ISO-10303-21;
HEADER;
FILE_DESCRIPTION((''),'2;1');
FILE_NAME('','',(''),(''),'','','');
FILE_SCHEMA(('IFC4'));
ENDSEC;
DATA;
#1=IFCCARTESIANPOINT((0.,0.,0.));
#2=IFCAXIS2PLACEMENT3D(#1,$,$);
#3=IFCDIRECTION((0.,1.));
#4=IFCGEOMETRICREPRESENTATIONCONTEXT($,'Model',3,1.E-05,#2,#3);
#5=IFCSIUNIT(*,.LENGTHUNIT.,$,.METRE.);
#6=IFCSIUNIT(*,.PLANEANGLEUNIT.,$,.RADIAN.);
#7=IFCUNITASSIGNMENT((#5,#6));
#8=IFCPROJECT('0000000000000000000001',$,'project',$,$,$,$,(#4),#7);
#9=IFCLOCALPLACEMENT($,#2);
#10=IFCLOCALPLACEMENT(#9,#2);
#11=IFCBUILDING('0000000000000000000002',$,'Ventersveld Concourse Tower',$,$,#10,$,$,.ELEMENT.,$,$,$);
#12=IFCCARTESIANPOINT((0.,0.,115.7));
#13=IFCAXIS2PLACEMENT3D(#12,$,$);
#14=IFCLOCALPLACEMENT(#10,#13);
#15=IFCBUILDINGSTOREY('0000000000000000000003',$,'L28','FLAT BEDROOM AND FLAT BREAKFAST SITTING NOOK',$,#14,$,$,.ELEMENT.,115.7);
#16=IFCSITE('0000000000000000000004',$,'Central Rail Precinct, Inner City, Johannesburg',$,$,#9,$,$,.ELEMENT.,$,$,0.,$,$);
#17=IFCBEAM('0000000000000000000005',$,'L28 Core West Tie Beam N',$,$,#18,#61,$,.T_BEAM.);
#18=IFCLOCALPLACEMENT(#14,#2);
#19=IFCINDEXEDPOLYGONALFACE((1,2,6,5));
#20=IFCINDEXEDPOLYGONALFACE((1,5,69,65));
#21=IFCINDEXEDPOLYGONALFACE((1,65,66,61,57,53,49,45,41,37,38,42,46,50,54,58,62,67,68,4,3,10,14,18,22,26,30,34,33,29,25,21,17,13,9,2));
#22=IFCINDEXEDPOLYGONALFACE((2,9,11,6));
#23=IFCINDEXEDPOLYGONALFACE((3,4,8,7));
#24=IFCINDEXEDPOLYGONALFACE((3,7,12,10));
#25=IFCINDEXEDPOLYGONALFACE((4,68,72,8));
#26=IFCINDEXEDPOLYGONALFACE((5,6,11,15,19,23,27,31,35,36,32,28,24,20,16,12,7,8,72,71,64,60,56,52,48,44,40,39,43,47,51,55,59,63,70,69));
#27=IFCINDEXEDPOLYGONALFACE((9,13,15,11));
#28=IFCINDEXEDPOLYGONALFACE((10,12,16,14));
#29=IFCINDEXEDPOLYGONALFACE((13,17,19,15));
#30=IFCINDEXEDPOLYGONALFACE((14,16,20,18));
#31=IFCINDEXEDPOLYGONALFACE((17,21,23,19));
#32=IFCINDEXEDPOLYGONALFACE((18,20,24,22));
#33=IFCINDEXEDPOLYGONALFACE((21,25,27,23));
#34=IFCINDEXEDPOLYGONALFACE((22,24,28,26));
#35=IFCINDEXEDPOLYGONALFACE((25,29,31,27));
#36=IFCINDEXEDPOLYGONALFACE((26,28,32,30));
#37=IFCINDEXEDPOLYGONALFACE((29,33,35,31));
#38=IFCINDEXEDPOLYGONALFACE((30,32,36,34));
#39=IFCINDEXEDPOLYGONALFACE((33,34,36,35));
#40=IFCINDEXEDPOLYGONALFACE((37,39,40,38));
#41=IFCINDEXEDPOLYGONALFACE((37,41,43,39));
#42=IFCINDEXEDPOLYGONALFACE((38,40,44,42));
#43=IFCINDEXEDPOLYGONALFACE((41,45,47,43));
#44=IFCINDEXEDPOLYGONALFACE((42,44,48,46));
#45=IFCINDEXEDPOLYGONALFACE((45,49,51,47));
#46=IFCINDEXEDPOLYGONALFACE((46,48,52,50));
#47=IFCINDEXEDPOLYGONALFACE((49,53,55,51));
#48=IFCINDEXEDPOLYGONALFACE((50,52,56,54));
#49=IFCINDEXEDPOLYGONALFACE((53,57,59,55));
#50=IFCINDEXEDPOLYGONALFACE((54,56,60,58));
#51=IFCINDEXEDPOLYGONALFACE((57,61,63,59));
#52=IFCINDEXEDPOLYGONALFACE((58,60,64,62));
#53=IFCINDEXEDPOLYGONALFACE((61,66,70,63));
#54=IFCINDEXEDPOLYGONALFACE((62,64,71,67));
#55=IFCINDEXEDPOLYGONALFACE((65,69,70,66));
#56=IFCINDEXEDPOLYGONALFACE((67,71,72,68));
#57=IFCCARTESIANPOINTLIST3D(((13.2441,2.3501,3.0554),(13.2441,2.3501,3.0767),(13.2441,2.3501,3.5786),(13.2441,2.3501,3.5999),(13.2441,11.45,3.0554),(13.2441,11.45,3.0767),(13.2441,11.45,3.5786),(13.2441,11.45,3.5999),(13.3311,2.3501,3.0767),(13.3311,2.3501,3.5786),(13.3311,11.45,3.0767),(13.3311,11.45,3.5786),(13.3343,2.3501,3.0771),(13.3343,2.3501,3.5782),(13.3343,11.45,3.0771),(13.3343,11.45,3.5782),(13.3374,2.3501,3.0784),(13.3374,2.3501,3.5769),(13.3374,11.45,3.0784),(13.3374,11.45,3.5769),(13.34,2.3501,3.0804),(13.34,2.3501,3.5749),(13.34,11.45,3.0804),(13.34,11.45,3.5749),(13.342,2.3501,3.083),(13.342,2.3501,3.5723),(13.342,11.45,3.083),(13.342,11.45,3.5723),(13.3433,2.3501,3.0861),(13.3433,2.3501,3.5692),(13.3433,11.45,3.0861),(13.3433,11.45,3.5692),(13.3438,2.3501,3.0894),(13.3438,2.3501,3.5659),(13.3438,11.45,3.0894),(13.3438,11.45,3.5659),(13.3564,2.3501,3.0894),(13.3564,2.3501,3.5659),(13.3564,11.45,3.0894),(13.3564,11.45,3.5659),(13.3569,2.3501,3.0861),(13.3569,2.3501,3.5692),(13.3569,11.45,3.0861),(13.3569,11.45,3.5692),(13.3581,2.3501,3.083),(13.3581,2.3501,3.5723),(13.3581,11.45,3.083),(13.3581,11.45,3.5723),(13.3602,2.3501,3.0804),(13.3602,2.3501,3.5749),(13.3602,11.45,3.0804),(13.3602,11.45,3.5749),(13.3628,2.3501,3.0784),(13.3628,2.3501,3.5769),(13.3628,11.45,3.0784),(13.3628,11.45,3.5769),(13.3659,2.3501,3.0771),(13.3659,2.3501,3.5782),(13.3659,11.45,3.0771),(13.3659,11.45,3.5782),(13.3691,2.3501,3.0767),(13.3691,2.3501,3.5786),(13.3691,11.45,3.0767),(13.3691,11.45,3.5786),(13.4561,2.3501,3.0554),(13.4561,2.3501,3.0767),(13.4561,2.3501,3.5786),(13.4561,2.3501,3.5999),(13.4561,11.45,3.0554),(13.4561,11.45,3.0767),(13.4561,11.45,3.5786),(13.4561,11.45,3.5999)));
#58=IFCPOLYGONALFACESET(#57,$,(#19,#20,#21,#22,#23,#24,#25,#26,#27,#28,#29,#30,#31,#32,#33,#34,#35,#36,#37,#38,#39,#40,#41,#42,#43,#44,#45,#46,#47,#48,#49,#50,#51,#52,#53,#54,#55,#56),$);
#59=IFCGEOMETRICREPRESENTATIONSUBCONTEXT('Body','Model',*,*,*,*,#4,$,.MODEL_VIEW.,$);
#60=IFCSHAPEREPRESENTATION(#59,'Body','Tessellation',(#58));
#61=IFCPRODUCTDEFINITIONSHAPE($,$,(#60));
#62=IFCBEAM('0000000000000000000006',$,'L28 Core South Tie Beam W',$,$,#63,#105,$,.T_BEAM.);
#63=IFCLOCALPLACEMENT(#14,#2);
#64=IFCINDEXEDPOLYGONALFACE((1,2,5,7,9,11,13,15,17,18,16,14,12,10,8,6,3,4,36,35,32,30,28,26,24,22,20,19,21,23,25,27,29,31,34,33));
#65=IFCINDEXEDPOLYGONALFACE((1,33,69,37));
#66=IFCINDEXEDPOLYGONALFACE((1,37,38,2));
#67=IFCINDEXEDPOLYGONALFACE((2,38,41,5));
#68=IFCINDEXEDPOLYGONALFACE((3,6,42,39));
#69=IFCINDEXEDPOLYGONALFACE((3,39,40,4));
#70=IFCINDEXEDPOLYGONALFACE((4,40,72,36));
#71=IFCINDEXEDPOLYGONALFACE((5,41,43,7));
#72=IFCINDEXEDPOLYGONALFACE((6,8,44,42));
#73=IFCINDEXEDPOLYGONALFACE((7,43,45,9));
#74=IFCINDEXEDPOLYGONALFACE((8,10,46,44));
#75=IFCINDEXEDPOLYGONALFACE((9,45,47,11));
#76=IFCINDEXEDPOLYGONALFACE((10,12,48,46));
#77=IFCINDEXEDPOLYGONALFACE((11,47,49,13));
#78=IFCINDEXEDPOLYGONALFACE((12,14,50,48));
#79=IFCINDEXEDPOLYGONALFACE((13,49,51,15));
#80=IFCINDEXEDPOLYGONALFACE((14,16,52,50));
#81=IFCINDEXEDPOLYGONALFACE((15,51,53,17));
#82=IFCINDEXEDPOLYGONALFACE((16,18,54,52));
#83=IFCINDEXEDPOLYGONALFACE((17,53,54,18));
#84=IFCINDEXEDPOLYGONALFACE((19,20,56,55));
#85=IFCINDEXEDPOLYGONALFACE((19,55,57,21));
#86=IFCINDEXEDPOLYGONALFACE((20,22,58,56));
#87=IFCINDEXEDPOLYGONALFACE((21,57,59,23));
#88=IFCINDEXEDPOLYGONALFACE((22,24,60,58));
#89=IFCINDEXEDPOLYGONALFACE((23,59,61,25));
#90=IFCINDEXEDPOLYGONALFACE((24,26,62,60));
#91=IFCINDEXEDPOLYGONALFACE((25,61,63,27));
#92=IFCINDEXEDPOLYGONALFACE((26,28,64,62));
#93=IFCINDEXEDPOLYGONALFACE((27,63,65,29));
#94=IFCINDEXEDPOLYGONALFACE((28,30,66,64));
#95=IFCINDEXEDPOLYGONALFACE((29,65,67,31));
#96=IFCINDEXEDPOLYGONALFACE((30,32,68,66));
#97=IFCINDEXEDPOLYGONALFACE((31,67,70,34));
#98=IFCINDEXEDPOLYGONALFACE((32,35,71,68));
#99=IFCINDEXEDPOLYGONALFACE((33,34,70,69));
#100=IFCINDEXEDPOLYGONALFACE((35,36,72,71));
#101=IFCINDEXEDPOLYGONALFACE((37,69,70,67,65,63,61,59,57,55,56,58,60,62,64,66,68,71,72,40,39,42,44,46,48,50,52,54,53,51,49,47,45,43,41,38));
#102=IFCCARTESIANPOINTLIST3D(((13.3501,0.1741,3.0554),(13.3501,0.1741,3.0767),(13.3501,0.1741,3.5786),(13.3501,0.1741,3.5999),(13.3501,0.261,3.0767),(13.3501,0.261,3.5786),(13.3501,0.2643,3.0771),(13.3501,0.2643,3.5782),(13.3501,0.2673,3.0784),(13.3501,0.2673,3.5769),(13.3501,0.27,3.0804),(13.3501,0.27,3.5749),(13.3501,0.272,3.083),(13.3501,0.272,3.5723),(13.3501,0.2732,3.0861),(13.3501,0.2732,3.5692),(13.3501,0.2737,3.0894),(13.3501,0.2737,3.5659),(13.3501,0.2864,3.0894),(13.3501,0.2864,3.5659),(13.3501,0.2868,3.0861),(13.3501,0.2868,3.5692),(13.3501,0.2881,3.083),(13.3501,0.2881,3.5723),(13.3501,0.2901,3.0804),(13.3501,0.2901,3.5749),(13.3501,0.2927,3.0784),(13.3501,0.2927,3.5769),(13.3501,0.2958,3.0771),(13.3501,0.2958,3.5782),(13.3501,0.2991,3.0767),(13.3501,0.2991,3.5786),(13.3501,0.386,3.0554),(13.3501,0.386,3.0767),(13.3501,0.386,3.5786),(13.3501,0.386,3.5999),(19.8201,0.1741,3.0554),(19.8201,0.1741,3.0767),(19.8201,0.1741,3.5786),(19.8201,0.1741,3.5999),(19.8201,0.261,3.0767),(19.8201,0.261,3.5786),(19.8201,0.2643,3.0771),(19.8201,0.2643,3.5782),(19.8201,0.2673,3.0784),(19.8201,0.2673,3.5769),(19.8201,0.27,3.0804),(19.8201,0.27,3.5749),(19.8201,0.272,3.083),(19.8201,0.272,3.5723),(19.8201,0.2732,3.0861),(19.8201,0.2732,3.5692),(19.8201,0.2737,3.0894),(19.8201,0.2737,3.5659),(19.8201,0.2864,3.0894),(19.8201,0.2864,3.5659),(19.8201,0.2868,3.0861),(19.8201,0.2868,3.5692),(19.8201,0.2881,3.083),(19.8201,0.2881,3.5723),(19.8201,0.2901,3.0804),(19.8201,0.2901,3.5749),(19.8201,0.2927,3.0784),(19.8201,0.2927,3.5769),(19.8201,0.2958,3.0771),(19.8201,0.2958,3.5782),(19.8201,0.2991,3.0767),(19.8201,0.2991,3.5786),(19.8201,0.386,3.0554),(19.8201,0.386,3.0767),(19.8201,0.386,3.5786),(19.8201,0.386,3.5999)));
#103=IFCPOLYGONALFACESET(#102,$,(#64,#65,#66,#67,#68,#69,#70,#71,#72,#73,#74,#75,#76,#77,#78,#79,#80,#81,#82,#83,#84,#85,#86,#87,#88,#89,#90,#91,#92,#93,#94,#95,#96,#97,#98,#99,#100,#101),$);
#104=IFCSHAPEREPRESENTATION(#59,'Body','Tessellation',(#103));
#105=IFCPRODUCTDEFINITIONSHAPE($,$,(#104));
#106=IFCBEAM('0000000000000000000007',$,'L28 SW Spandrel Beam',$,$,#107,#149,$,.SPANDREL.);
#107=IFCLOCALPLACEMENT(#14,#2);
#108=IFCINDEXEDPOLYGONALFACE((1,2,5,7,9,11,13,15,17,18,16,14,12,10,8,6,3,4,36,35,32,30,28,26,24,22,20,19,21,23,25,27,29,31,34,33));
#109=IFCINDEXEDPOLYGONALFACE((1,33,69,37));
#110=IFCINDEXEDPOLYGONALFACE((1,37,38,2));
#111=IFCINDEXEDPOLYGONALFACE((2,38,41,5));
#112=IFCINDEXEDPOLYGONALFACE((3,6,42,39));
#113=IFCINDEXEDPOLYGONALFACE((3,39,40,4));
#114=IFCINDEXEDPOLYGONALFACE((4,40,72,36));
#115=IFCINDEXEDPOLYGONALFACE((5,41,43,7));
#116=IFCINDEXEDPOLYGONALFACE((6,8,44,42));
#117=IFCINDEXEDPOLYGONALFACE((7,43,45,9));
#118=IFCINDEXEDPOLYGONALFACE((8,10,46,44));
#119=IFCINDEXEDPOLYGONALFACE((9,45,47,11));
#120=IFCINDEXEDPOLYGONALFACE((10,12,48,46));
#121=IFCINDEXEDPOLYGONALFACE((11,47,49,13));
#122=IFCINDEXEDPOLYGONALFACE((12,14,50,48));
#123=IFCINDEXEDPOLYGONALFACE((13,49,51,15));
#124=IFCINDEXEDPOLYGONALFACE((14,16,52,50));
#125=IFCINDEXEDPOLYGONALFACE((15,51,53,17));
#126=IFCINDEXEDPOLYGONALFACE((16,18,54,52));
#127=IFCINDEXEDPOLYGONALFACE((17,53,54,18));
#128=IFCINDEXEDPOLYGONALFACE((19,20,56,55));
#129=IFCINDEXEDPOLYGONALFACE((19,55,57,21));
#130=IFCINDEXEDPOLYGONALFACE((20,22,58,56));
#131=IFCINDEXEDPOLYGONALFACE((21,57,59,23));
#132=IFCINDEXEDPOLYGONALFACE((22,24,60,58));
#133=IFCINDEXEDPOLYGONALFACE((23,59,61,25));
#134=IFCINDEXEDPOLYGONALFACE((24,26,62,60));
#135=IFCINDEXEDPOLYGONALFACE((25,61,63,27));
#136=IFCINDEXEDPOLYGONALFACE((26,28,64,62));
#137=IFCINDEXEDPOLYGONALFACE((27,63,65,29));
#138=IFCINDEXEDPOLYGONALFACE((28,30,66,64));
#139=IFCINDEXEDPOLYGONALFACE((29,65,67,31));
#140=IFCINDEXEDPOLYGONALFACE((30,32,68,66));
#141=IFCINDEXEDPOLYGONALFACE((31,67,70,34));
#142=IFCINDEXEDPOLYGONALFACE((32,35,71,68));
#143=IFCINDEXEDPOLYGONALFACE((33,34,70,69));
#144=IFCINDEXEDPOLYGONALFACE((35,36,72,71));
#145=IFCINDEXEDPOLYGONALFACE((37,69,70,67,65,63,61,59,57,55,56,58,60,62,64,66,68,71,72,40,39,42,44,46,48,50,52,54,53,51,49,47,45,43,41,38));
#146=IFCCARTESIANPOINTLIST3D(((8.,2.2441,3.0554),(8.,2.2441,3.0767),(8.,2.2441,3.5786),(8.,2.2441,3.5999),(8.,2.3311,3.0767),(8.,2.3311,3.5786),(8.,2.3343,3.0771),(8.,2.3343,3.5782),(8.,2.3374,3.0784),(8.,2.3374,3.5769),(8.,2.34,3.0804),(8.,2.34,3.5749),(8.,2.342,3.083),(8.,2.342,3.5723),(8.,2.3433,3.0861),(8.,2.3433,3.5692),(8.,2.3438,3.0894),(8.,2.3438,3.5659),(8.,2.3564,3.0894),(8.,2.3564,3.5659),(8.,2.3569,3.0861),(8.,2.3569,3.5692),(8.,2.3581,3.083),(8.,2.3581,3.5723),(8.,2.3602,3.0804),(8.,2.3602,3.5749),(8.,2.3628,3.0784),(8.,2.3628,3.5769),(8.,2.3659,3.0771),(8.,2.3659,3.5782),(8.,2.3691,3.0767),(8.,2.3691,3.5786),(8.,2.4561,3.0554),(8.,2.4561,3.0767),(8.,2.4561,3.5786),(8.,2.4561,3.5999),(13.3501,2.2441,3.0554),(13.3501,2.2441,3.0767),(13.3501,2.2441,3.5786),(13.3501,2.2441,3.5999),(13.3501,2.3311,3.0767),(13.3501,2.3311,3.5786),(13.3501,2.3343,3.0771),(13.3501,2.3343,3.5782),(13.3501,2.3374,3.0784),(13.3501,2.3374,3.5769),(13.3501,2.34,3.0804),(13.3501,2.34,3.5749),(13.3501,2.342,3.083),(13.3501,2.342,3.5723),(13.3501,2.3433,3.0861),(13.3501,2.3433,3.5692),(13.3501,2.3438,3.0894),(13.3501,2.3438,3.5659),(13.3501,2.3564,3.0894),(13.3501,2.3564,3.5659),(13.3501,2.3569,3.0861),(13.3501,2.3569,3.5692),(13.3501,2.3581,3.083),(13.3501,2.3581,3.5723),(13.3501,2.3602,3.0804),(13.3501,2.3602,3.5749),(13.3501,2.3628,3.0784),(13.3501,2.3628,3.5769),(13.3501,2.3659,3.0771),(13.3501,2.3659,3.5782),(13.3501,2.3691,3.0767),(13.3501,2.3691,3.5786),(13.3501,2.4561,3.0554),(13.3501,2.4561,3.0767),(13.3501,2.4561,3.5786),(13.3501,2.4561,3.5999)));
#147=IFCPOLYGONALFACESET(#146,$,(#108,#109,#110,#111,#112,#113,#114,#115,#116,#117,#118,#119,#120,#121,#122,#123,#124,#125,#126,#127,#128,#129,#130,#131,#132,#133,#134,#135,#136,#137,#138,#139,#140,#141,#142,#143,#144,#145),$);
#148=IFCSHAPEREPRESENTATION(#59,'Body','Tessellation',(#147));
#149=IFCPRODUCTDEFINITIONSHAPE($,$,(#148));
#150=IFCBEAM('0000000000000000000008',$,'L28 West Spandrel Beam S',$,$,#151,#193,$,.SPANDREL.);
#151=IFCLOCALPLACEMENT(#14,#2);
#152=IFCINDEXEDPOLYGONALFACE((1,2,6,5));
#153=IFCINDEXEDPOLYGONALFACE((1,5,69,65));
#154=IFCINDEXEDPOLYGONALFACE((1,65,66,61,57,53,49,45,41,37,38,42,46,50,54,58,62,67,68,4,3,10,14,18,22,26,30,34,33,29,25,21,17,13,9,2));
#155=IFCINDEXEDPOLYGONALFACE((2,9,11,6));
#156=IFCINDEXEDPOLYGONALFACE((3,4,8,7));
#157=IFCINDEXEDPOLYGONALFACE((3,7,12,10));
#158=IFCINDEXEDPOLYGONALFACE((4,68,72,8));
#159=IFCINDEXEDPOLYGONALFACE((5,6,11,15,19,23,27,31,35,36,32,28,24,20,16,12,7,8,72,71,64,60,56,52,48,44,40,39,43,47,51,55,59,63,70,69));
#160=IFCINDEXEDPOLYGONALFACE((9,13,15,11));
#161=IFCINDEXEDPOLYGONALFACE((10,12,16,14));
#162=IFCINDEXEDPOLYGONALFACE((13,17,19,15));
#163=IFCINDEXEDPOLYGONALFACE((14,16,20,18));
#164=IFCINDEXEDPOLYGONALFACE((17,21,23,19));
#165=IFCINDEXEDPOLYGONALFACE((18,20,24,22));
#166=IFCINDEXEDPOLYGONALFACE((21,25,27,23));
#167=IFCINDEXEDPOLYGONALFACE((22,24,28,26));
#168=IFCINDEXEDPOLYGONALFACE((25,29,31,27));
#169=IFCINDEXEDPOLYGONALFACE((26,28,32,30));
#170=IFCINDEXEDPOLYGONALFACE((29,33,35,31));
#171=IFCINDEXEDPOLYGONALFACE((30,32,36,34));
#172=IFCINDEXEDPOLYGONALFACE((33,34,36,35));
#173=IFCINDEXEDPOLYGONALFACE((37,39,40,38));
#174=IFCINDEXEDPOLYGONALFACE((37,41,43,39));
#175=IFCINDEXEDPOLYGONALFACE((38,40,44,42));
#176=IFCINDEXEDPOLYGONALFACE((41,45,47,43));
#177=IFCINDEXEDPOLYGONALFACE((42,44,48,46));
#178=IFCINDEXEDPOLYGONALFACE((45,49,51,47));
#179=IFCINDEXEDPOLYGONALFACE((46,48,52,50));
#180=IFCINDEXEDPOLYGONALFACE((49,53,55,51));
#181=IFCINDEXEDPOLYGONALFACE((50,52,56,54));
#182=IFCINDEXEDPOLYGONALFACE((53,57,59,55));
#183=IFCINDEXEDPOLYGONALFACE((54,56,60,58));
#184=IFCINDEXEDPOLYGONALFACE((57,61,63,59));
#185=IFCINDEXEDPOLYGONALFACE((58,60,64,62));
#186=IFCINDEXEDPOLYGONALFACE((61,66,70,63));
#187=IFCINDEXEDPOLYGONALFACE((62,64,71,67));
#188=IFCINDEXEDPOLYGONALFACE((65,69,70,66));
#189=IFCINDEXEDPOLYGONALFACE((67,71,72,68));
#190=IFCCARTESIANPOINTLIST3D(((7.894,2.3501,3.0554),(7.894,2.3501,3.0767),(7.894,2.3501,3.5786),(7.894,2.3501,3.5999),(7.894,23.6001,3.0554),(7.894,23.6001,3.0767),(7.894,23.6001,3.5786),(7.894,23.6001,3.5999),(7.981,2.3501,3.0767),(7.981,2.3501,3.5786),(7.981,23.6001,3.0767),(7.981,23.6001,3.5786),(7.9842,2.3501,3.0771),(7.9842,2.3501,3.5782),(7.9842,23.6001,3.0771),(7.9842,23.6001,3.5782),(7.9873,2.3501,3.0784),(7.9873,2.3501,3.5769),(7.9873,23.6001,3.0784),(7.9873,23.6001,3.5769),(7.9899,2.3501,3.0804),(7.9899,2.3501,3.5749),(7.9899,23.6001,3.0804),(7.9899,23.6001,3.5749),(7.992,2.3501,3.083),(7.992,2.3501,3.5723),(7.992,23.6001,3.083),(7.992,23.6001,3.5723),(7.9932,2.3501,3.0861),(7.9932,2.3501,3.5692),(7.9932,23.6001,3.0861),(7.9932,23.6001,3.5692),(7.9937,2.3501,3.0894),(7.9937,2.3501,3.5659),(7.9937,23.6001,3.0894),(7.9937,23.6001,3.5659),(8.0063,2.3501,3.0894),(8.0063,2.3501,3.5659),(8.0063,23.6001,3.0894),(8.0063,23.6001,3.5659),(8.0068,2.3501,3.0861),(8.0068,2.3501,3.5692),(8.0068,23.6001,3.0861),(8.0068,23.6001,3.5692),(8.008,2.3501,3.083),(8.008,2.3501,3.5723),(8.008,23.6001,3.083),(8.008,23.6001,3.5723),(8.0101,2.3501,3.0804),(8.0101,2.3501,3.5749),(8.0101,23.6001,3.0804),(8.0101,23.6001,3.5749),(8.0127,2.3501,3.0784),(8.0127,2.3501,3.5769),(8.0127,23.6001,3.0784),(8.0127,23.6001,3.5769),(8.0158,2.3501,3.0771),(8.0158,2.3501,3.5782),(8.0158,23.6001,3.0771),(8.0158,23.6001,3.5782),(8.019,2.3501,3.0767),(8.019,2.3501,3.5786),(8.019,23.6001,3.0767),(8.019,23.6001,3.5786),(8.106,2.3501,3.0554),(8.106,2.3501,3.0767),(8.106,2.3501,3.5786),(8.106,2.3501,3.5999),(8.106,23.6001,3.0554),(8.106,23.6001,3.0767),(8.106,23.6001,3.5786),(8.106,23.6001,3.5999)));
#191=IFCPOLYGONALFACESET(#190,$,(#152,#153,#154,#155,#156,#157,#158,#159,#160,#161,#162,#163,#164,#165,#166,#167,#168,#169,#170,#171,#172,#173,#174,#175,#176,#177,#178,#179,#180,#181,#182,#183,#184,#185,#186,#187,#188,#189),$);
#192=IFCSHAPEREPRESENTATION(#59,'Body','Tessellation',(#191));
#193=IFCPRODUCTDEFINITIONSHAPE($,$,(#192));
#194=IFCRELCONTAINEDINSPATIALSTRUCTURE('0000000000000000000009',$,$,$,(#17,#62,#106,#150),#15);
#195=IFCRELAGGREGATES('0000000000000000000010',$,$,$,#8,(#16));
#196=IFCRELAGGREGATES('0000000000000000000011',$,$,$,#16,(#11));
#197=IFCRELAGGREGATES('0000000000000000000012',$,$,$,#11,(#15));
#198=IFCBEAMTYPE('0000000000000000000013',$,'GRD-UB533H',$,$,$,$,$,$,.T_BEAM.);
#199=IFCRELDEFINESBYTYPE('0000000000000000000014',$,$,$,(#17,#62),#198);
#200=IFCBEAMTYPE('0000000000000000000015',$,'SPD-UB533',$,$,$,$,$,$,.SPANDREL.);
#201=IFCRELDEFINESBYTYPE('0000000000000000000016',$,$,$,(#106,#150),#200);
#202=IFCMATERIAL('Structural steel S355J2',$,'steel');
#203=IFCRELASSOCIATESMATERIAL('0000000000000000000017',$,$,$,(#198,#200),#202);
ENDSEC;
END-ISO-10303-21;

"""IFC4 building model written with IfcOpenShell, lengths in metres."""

from ifc_helpers import new_model, si_unit, direction, frame, origin, origin_2d, place, context, subcontext, project, spatial, i_section, extrude, material, material_profile, profile_set, type_object, element, save


model = new_model("IFC4")

# Units and contexts
model_context = context("Model", 3, precision=1e-05, world=origin(), true_north=direction((0.0, 1.0)))
body_context = subcontext(model_context, "Body", "Model", "MODEL_VIEW")
ifc_project = project(units=[si_unit("LENGTHUNIT", "METRE"), si_unit("PLANEANGLEUNIT", "RADIAN")], contexts=[model_context])

# Site, building, storey
site_placement = place(None, origin())
site = spatial("IfcSite", under=ifc_project, at=site_placement, Name="Central Rail Precinct, Inner City, Johannesburg", CompositionType="ELEMENT", RefElevation=0.0)
building_placement = place(site_placement, origin())
building = spatial("IfcBuilding", under=site, at=building_placement, Name="Ventersveld Concourse Tower", CompositionType="ELEMENT")
storey_placement = place(building_placement, frame((0.0, 0.0, 115.7)))
storey = spatial("IfcBuildingStorey", under=building, at=storey_placement, Name="L28", Description="FLAT BEDROOM AND FLAT BREAKFAST SITTING NOOK", CompositionType="ELEMENT", Elevation=115.7)

# Beams
ifc_material_1 = material(Name="Structural steel S355J2", Category="steel")
ifc_material_profile_1 = material_profile(ifc_material_1, i_section(OverallWidth=0.2119, OverallDepth=0.5444, WebThickness=0.0127, FlangeThickness=0.0212, FilletRadius=0.0127, at=origin_2d()), Name="UB 533x210x122")
ifc_profile_set_1 = profile_set([ifc_material_profile_1], Name="Structural steel S355J2")
beam_type_1 = type_object("IfcBeamType", Name="GRD-UB533H", PredefinedType="T_BEAM", material=ifc_profile_set_1)
beam_1_placement = place(storey_placement, frame((13.3501, 2.3501, 3.3276), z_axis=(0.0, 1.0, 0.0), x_axis=(-1.0, 0.0, 0.0)))
element("IfcBeam", 1, at=beam_1_placement, inside=storey, type_object=beam_type_1, Name="L28 Core West Tie Beam N", PredefinedType="T_BEAM", context=body_context, shape_type="SweptSolid", body=[
    extrude(i_section(OverallWidth=0.2119, OverallDepth=0.5444, WebThickness=0.0127, FlangeThickness=0.0212, FilletRadius=0.0127, at=origin_2d()), origin(), (0.0, 0.0, 1.0), 9.0999),
])
beam_2_placement = place(storey_placement, frame((13.3501, 0.28, 3.3276), z_axis=(1.0, 0.0, 0.0), x_axis=(0.0, 1.0, 0.0)))
element("IfcBeam", 2, at=beam_2_placement, inside=storey, type_object=beam_type_1, Name="L28 Core South Tie Beam W", PredefinedType="T_BEAM", context=body_context, shape_type="SweptSolid", body=[
    extrude(i_section(OverallWidth=0.2119, OverallDepth=0.5444, WebThickness=0.0127, FlangeThickness=0.0212, FilletRadius=0.0127, at=origin_2d()), origin(), (0.0, 0.0, 1.0), 6.47),
])
ifc_material_profile_2 = material_profile(ifc_material_1, i_section(OverallWidth=0.2119, OverallDepth=0.5444, WebThickness=0.0127, FlangeThickness=0.0212, FilletRadius=0.0127, at=origin_2d()), Name="UB 533x210x122")
ifc_profile_set_2 = profile_set([ifc_material_profile_2], Name="Structural steel S355J2")
beam_type_2 = type_object("IfcBeamType", Name="SPD-UB533", PredefinedType="SPANDREL", material=ifc_profile_set_2)
beam_3_placement = place(storey_placement, frame((8.0, 2.3501, 3.3276), z_axis=(1.0, 0.0, 0.0), x_axis=(0.0, 1.0, 0.0)))
element("IfcBeam", 3, at=beam_3_placement, inside=storey, type_object=beam_type_2, Name="L28 SW Spandrel Beam", PredefinedType="SPANDREL", context=body_context, shape_type="SweptSolid", body=[
    extrude(i_section(OverallWidth=0.2119, OverallDepth=0.5444, WebThickness=0.0127, FlangeThickness=0.0212, FilletRadius=0.0127, at=origin_2d()), origin(), (0.0, 0.0, 1.0), 5.3501),
])
beam_4_placement = place(storey_placement, frame((8.0, 2.3501, 3.3276), z_axis=(0.0, 1.0, 0.0), x_axis=(-1.0, 0.0, 0.0)))
element("IfcBeam", 4, at=beam_4_placement, inside=storey, type_object=beam_type_2, Name="L28 West Spandrel Beam S", PredefinedType="SPANDREL", context=body_context, shape_type="SweptSolid", body=[
    extrude(i_section(OverallWidth=0.2119, OverallDepth=0.5444, WebThickness=0.0127, FlangeThickness=0.0212, FilletRadius=0.0127, at=origin_2d()), origin(), (0.0, 0.0, 1.0), 21.25),
])

save(model, "model.ifc")
